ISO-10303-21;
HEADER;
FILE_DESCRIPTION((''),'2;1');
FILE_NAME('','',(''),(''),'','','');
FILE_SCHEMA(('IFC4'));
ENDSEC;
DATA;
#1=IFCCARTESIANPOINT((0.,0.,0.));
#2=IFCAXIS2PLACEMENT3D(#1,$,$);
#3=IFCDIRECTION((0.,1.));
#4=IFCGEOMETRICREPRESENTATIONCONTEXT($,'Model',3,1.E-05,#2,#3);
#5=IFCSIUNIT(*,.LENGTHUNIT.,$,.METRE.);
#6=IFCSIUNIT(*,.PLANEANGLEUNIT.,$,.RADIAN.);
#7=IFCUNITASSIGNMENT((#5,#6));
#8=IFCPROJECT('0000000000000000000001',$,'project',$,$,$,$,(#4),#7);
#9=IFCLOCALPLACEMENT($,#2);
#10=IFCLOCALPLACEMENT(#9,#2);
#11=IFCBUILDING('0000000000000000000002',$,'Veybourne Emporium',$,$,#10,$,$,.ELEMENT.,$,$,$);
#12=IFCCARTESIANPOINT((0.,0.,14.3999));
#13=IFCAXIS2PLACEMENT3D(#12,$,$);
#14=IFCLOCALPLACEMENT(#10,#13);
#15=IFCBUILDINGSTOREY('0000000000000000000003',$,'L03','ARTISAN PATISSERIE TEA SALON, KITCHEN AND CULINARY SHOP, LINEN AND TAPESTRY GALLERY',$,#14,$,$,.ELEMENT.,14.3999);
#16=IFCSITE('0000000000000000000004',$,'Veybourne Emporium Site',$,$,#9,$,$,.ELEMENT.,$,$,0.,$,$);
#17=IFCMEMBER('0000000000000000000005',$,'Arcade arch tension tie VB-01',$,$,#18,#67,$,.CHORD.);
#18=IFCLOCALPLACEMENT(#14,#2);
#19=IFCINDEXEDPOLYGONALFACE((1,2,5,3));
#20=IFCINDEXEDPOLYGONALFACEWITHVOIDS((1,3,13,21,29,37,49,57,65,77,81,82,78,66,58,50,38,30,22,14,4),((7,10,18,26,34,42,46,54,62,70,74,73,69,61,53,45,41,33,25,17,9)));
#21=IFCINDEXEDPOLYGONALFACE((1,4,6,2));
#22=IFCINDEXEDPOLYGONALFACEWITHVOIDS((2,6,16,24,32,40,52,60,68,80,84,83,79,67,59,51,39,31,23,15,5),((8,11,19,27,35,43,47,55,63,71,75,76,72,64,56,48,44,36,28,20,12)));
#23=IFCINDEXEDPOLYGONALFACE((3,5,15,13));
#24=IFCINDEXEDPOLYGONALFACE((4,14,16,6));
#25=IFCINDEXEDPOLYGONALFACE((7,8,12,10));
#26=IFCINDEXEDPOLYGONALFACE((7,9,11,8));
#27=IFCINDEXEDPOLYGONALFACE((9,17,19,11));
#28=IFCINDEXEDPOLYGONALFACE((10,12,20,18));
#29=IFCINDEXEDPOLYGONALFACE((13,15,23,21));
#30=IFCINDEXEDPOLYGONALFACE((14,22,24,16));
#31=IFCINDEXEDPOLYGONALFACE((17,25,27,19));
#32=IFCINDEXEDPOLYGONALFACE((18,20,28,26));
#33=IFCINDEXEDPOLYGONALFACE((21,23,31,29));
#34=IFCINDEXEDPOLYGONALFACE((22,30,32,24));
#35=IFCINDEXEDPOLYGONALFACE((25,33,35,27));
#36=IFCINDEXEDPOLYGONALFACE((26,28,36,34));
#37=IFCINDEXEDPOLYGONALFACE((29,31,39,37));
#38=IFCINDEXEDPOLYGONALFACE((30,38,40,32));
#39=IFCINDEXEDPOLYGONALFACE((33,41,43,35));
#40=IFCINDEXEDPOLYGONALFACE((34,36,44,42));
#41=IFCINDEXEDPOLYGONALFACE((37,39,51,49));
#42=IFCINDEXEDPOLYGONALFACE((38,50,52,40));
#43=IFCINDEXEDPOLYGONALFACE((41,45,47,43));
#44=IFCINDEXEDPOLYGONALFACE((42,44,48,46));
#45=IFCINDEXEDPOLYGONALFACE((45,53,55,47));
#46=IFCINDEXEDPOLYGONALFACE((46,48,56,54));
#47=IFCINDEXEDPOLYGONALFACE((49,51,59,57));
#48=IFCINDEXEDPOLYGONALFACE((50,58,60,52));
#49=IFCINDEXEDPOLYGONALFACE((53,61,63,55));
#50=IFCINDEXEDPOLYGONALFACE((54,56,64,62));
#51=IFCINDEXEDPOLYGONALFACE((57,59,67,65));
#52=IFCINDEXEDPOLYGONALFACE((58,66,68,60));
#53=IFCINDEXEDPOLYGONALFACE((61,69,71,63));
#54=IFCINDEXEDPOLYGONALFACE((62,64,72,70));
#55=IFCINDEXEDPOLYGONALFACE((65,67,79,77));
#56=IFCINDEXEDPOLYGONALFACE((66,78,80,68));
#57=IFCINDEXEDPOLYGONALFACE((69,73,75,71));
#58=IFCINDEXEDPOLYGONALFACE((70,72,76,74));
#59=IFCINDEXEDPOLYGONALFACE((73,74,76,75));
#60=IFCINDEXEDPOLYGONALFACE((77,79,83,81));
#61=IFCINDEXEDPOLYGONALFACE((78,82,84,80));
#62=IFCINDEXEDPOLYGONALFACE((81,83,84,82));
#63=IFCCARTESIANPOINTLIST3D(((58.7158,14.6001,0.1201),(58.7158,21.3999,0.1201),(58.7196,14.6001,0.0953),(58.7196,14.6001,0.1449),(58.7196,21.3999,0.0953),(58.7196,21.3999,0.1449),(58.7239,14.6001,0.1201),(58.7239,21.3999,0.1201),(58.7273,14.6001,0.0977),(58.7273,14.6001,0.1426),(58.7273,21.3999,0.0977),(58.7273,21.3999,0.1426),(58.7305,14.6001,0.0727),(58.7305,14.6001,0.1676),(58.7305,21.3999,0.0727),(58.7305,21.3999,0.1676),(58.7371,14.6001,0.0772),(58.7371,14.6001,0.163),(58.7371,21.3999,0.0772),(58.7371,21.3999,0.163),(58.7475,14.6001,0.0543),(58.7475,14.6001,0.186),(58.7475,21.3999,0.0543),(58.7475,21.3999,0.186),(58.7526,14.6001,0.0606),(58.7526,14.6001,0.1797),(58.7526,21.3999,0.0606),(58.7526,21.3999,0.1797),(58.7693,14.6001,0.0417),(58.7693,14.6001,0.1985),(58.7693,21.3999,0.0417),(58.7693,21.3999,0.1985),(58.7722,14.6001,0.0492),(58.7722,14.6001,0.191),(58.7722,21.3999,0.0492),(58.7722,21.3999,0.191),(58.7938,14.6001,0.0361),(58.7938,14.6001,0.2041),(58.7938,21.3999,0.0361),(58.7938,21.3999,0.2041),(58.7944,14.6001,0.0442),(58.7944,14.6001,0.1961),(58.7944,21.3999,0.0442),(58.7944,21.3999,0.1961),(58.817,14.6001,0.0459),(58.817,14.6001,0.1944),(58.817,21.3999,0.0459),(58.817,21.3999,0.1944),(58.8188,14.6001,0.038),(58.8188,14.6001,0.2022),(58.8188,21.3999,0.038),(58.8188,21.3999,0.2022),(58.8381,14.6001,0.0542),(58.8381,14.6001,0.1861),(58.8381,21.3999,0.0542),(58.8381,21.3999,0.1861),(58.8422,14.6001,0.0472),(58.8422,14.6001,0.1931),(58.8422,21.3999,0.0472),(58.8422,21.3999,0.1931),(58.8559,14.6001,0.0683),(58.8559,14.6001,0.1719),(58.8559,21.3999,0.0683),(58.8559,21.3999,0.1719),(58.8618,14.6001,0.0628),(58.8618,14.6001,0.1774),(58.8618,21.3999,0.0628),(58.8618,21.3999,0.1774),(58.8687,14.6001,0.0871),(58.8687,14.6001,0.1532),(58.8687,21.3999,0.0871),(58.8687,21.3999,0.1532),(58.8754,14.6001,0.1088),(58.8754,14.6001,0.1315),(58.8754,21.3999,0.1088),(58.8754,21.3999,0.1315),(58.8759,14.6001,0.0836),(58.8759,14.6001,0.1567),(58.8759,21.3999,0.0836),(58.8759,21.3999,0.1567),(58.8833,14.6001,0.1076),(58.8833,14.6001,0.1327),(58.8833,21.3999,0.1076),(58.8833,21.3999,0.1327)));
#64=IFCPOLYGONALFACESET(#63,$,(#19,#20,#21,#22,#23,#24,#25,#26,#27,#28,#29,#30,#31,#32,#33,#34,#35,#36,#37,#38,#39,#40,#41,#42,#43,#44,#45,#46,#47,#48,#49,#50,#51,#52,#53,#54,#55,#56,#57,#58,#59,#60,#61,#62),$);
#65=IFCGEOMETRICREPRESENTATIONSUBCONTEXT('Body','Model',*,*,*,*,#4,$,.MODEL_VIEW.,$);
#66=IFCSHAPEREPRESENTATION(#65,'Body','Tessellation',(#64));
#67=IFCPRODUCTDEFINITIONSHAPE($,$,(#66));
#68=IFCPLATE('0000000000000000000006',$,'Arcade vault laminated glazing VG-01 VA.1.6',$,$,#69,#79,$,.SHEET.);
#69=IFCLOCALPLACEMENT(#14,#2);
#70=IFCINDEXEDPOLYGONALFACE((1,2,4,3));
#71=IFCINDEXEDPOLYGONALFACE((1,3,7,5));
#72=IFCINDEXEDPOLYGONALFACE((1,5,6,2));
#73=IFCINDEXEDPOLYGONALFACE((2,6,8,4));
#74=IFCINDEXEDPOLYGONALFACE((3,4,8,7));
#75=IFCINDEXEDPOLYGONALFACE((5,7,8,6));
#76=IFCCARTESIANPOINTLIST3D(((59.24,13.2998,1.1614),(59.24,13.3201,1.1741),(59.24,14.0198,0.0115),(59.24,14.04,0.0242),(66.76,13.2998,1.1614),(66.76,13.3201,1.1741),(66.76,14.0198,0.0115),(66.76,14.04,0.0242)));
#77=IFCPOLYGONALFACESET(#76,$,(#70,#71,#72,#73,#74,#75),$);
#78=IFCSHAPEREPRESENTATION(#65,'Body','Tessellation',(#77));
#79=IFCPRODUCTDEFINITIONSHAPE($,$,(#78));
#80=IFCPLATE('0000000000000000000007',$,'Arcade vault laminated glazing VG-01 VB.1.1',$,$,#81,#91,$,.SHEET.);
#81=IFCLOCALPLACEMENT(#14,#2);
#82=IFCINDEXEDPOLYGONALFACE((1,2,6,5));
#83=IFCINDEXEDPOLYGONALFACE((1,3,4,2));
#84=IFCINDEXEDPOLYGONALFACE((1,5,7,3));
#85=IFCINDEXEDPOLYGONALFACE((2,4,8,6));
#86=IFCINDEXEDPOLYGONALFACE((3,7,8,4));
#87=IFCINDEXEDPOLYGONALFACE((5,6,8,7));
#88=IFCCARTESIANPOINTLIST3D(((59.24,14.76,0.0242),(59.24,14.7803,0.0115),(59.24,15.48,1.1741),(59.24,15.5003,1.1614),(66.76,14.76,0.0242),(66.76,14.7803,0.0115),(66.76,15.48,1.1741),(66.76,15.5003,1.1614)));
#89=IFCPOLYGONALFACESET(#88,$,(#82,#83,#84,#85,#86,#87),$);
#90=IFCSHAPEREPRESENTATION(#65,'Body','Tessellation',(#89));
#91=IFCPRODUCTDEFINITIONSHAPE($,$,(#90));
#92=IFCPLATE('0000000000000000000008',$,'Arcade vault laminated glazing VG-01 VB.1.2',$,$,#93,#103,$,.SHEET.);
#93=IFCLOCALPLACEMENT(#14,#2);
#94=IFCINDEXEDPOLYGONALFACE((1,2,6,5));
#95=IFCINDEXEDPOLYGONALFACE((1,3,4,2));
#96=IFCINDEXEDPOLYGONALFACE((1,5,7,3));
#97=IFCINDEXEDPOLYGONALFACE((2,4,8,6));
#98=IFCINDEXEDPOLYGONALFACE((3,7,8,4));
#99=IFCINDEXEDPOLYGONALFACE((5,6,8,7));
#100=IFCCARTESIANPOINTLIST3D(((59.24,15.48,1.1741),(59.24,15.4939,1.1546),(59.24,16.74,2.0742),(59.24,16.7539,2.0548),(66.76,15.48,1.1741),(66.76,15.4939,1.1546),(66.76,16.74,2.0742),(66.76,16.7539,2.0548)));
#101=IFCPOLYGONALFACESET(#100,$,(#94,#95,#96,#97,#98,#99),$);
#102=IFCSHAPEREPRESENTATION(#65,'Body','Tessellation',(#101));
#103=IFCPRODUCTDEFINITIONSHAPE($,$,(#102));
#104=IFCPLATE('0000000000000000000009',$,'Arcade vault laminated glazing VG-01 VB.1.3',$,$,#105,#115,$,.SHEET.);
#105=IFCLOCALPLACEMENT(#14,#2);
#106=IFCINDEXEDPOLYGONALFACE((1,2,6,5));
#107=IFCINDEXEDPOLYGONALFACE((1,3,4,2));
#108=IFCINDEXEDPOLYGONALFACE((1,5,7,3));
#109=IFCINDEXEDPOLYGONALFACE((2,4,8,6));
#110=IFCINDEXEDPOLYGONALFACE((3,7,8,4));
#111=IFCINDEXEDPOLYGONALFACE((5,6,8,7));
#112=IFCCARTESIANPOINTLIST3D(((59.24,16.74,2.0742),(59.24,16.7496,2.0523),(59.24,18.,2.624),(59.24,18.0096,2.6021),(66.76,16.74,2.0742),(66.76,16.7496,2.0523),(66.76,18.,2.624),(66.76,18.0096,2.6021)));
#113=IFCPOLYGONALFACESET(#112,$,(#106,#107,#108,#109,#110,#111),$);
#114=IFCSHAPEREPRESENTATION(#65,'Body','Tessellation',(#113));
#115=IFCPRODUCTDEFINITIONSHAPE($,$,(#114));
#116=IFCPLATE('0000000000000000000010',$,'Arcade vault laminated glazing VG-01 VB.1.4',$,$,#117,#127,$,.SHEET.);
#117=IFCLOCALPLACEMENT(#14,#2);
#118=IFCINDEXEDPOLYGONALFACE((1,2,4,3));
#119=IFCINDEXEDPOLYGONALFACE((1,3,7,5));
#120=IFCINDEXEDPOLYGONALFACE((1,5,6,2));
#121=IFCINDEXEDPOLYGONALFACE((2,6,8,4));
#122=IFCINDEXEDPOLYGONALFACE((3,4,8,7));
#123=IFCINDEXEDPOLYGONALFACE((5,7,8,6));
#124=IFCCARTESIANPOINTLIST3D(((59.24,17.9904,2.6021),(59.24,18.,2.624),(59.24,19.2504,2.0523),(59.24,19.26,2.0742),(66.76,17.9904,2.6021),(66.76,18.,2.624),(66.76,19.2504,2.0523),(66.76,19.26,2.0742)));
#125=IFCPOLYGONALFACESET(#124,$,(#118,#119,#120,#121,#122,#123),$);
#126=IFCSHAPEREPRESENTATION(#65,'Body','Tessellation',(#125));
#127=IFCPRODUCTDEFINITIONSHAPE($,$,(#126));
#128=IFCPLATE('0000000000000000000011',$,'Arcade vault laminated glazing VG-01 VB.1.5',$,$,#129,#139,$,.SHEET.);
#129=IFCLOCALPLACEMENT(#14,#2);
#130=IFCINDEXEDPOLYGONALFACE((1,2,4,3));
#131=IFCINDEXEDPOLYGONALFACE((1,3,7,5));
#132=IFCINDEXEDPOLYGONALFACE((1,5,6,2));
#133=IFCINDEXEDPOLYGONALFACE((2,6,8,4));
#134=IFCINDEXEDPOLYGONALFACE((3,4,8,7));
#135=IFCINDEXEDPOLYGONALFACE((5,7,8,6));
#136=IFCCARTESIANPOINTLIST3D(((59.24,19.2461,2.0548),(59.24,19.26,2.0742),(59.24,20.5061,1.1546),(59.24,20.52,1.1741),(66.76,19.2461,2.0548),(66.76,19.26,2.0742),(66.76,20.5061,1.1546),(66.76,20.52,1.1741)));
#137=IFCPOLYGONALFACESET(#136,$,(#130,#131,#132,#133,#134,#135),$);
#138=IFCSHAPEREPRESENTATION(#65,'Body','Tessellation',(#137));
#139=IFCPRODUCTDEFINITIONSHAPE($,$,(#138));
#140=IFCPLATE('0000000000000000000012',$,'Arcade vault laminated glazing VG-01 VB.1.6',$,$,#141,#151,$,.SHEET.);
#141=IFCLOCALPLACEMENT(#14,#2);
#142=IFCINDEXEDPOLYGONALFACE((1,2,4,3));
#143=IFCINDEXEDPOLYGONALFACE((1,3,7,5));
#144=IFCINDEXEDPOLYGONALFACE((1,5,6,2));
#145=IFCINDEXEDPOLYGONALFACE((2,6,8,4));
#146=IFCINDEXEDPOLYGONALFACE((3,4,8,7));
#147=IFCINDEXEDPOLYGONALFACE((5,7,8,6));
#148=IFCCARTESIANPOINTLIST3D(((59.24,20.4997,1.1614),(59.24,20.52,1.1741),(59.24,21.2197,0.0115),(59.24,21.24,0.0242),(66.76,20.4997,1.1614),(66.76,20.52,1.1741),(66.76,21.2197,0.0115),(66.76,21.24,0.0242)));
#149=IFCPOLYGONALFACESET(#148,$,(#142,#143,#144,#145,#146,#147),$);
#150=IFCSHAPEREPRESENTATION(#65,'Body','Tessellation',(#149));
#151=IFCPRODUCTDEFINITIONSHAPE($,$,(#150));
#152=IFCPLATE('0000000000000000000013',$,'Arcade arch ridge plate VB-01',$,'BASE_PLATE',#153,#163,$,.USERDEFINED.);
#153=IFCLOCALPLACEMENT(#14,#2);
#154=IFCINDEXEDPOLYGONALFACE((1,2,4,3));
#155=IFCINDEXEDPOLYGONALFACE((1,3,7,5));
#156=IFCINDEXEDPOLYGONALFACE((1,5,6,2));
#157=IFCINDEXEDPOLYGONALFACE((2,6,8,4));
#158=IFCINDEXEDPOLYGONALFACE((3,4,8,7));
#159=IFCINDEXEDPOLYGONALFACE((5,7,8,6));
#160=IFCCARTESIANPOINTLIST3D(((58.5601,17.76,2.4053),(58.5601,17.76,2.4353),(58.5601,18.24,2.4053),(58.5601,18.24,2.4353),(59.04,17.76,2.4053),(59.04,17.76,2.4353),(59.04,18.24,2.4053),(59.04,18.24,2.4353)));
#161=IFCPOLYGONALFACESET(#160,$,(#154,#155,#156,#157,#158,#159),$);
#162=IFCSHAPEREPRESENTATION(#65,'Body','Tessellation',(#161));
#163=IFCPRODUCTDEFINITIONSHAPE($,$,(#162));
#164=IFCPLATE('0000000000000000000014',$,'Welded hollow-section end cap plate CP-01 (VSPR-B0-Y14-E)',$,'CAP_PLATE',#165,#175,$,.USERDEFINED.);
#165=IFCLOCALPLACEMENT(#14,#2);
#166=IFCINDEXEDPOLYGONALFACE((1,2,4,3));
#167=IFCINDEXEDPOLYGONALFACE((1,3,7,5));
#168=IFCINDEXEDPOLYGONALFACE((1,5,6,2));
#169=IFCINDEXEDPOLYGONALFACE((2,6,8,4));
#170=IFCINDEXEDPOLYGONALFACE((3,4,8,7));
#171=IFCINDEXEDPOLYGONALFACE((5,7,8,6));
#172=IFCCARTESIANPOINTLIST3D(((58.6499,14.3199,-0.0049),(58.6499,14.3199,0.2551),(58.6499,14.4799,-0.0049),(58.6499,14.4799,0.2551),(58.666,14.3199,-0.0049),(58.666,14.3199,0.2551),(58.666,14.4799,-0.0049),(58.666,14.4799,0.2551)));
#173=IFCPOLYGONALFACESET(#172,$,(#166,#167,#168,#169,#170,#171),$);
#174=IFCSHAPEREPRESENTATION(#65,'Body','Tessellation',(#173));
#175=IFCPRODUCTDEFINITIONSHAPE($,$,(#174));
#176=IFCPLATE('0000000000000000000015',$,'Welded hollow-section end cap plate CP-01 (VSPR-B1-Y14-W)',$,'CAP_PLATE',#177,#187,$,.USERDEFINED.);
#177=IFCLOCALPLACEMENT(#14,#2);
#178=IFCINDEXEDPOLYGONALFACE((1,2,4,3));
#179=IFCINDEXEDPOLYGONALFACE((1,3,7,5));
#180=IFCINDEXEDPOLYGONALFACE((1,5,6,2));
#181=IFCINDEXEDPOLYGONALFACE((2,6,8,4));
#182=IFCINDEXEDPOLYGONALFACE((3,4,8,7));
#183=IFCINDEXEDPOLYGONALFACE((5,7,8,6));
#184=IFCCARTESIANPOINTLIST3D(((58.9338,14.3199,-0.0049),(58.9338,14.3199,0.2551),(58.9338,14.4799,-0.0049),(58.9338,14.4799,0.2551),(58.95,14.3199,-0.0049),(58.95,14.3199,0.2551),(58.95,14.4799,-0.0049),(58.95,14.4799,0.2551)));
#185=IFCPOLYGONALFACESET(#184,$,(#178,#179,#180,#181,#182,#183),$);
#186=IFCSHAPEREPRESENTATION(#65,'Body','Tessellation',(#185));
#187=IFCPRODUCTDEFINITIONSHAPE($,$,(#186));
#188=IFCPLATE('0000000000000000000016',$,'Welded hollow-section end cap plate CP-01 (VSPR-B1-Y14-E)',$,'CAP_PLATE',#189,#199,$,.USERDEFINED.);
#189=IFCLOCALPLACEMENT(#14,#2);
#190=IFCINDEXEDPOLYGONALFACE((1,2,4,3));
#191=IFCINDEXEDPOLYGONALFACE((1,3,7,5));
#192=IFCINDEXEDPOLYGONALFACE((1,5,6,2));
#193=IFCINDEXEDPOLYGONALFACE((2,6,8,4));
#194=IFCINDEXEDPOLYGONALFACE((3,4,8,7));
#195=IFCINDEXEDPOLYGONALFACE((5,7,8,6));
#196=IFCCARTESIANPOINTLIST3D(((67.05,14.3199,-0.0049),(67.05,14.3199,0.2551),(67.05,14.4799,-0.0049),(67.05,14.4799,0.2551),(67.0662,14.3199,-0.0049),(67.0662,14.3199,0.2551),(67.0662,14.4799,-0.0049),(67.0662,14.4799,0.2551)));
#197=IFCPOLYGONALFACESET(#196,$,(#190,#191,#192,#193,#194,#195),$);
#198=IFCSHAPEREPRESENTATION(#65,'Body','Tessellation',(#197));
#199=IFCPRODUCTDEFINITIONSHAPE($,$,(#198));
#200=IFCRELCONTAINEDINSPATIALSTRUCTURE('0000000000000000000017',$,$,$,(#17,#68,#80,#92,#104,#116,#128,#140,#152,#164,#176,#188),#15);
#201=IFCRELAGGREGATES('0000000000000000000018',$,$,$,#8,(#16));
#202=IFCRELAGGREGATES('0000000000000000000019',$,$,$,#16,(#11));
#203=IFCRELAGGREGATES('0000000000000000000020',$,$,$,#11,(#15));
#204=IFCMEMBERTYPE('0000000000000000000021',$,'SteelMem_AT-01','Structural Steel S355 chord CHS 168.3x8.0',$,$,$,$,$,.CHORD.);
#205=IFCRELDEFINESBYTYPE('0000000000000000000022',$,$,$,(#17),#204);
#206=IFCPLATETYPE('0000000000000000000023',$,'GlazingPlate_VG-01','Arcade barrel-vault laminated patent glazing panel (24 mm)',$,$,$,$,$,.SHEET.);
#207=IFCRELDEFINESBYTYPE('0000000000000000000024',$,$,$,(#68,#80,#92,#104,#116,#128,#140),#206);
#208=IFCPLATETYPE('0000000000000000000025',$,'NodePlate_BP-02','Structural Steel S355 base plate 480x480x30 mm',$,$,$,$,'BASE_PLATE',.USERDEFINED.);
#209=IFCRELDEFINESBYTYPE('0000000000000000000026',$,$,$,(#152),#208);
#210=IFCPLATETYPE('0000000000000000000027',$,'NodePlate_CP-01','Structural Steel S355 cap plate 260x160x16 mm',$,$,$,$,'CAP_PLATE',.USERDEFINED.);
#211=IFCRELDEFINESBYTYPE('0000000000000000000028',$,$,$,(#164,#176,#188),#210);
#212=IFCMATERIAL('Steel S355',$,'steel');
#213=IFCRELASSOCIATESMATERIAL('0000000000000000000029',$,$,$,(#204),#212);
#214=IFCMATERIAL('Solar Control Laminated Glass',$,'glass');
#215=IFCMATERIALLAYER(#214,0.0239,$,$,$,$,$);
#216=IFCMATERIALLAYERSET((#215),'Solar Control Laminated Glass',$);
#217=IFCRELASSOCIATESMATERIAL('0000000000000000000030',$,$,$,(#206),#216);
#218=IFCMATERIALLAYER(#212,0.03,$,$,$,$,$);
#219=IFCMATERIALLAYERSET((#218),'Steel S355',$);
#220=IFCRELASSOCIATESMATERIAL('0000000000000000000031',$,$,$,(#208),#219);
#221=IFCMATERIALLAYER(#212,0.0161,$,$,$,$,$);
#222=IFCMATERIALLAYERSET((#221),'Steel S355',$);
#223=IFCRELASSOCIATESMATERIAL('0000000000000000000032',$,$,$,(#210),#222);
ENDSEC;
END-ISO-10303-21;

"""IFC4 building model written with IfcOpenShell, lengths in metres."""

from ifc_helpers import new_model, si_unit, direction, frame, origin, origin_2d, place, context, subcontext, project, spatial, polyline, rectangle, hollow_circle, outline, extrude, material, layer, layer_set, material_profile, profile_set, type_object, element, save


model = new_model("IFC4")

# Units and contexts
model_context = context("Model", 3, precision=1e-05, world=origin(), true_north=direction((0.0, 1.0)))
body_context = subcontext(model_context, "Body", "Model", "MODEL_VIEW")
ifc_project = project(units=[si_unit("LENGTHUNIT", "METRE"), si_unit("PLANEANGLEUNIT", "RADIAN")], contexts=[model_context])

# Site, building, storey
site_placement = place(None, origin())
site = spatial("IfcSite", under=ifc_project, at=site_placement, Name="Veybourne Emporium Site", CompositionType="ELEMENT", RefElevation=0.0)
building_placement = place(site_placement, origin())
building = spatial("IfcBuilding", under=site, at=building_placement, Name="Veybourne Emporium", CompositionType="ELEMENT")
storey_placement = place(building_placement, frame((0.0, 0.0, 14.3999)))
storey = spatial("IfcBuildingStorey", under=building, at=storey_placement, Name="L03", Description="ARTISAN PATISSERIE TEA SALON, KITCHEN AND CULINARY SHOP, LINEN AND TAPESTRY GALLERY", CompositionType="ELEMENT", Elevation=14.3999)

# Shared definitions
ifc_material_1 = material(Name="Steel S355", Category="steel")

# Member
ifc_material_profile_1 = material_profile(ifc_material_1, hollow_circle(Radius=0.0842, WallThickness=0.0081, at=origin_2d()), Name="CHS 168.3x8.0")
ifc_profile_set_1 = profile_set([ifc_material_profile_1], Name="Steel S355")
member_type_1 = type_object("IfcMemberType", Name="SteelMem_AT-01", Description="Structural Steel S355 chord CHS 168.3x8.0", PredefinedType="CHORD", material=ifc_profile_set_1)
member_placement = place(storey_placement, frame((58.8, 14.6001, 0.1201), z_axis=(0.0, 1.0, 0.0), x_axis=(-1.0, 0.0, 0.0)))
element("IfcMember", 1, at=member_placement, inside=storey, type_object=member_type_1, Name="Arcade arch tension tie VB-01", PredefinedType="CHORD", context=body_context, shape_type="SweptSolid", body=[
    extrude(hollow_circle(Radius=0.0842, WallThickness=0.0081, at=origin_2d()), origin(), (0.0, 0.0, 1.0), 6.7998),
])

# Plates
ifc_material_2 = material(Name="Solar Control Laminated Glass", Category="glass")
ifc_layer_1 = layer(ifc_material_2, 0.0239)
ifc_layer_set_1 = layer_set([ifc_layer_1], Name="Solar Control Laminated Glass")
plate_type_1 = type_object("IfcPlateType", Name="GlazingPlate_VG-01", Description="Arcade barrel-vault laminated patent glazing panel (24 mm)", PredefinedType="SHEET", material=ifc_layer_set_1)
for number, where, z_axis, x_axis, name in (
    (2, (59.24, 13.3201, 1.1741), (0.0, 0.847573, 0.530678), (1.0, 0.0, 0.0), "Arcade vault laminated glazing VG-01 VA.1.6"),
    (3, (59.24, 14.76, 0.0242), (0.0, -0.847573, 0.530678), (1.0, 0.0, 0.0), "Arcade vault laminated glazing VG-01 VB.1.1"),
):
    element("IfcPlate", number, at=place(storey_placement, frame(where, z_axis=z_axis, x_axis=x_axis)), inside=storey, type_object=plate_type_1, Name=name, PredefinedType="SHEET", context=body_context, shape_type="SweptSolid", body=[
        extrude(outline(polyline([(0.0, 0.0), (7.52, 0.0), (7.52, 1.3567), (0.0, 1.3567), (0.0, 0.0)])), origin(), (0.0, 0.0, -1.0), 0.0239),
    ])
plate_1_placement = place(storey_placement, frame((59.24, 15.48, 1.1741), z_axis=(0.0, -0.581298, 0.813691), x_axis=(1.0, 0.0, 0.0)))
element("IfcPlate", 4, at=plate_1_placement, inside=storey, type_object=plate_type_1, Name="Arcade vault laminated glazing VG-01 VB.1.2", PredefinedType="SHEET", context=body_context, shape_type="SweptSolid", body=[
    extrude(outline(polyline([(0.0, 0.0), (7.52, 0.0), (7.52, 1.5485), (0.0, 1.5485), (0.0, 0.0)])), origin(), (0.0, 0.0, -1.0), 0.0239),
])
for number, where, z_axis, x_axis, name in (
    (5, (59.24, 16.74, 2.0742), (0.0, -0.399934, 0.916544), (1.0, 0.0, 0.0), "Arcade vault laminated glazing VG-01 VB.1.3"),
    (6, (59.24, 18.0, 2.624), (0.0, 0.399934, 0.916544), (1.0, 0.0, 0.0), "Arcade vault laminated glazing VG-01 VB.1.4"),
):
    element("IfcPlate", number, at=place(storey_placement, frame(where, z_axis=z_axis, x_axis=x_axis)), inside=storey, type_object=plate_type_1, Name=name, PredefinedType="SHEET", context=body_context, shape_type="SweptSolid", body=[
        extrude(outline(polyline([(0.0, 0.0), (7.52, 0.0), (7.52, 1.3747), (0.0, 1.3747), (0.0, 0.0)])), origin(), (0.0, 0.0, -1.0), 0.0239),
    ])
plate_2_placement = place(storey_placement, frame((59.24, 19.26, 2.0742), z_axis=(0.0, 0.581298, 0.813691), x_axis=(1.0, 0.0, 0.0)))
element("IfcPlate", 7, at=plate_2_placement, inside=storey, type_object=plate_type_1, Name="Arcade vault laminated glazing VG-01 VB.1.5", PredefinedType="SHEET", context=body_context, shape_type="SweptSolid", body=[
    extrude(outline(polyline([(0.0, 0.0), (7.52, 0.0), (7.52, 1.5485), (0.0, 1.5485), (0.0, 0.0)])), origin(), (0.0, 0.0, -1.0), 0.0239),
])
plate_3_placement = place(storey_placement, frame((59.24, 20.52, 1.1741), z_axis=(0.0, 0.847573, 0.530678), x_axis=(1.0, 0.0, 0.0)))
element("IfcPlate", 8, at=plate_3_placement, inside=storey, type_object=plate_type_1, Name="Arcade vault laminated glazing VG-01 VB.1.6", PredefinedType="SHEET", context=body_context, shape_type="SweptSolid", body=[
    extrude(outline(polyline([(0.0, 0.0), (7.52, 0.0), (7.52, 1.3567), (0.0, 1.3567), (0.0, 0.0)])), origin(), (0.0, 0.0, -1.0), 0.0239),
])
ifc_layer_2 = layer(ifc_material_1, 0.03)
ifc_layer_set_2 = layer_set([ifc_layer_2], Name="Steel S355")
plate_type_2 = type_object("IfcPlateType", Name="NodePlate_BP-02", Description="Structural Steel S355 base plate 480x480x30 mm", ElementType="BASE_PLATE", PredefinedType="USERDEFINED", material=ifc_layer_set_2)
plate_4_placement = place(storey_placement, frame((58.8, 18.0, 2.4053), z_axis=(0.0, 0.0, 1.0), x_axis=(1.0, 0.0, 0.0)))
element("IfcPlate", 9, at=plate_4_placement, inside=storey, type_object=plate_type_2, Name="Arcade arch ridge plate VB-01", ObjectType="BASE_PLATE", PredefinedType="USERDEFINED", context=body_context, shape_type="SweptSolid", body=[
    extrude(rectangle(XDim=0.48, YDim=0.48, at=origin_2d()), origin(), (0.0, 0.0, 1.0), 0.03),
])
ifc_layer_3 = layer(ifc_material_1, 0.0161)
ifc_layer_set_3 = layer_set([ifc_layer_3], Name="Steel S355")
plate_type_3 = type_object("IfcPlateType", Name="NodePlate_CP-01", Description="Structural Steel S355 cap plate 260x160x16 mm", ElementType="CAP_PLATE", PredefinedType="USERDEFINED", material=ifc_layer_set_3)
for number, where, z_axis, x_axis, name in (
    (10, (58.658, 14.3999, -0.0049), (0.0, 0.0, 1.0), (1.0, 0.0, 0.0), "Welded hollow-section end cap plate CP-01 (VSPR-B0-Y14-E)"),
    (11, (58.9419, 14.3999, -0.0049), (0.0, 0.0, 1.0), (1.0, 0.0, 0.0), "Welded hollow-section end cap plate CP-01 (VSPR-B1-Y14-W)"),
    (12, (67.0581, 14.3999, -0.0049), (0.0, 0.0, 1.0), (1.0, 0.0, 0.0), "Welded hollow-section end cap plate CP-01 (VSPR-B1-Y14-E)"),
):
    element("IfcPlate", number, at=place(storey_placement, frame(where, z_axis=z_axis, x_axis=x_axis)), inside=storey, type_object=plate_type_3, Name=name, ObjectType="CAP_PLATE", PredefinedType="USERDEFINED", context=body_context, shape_type="SweptSolid", body=[
        extrude(rectangle(XDim=0.0161, YDim=0.1599, at=origin_2d()), origin(), (0.0, 0.0, 1.0), 0.26),
    ])

save(model, "model.ifc")
